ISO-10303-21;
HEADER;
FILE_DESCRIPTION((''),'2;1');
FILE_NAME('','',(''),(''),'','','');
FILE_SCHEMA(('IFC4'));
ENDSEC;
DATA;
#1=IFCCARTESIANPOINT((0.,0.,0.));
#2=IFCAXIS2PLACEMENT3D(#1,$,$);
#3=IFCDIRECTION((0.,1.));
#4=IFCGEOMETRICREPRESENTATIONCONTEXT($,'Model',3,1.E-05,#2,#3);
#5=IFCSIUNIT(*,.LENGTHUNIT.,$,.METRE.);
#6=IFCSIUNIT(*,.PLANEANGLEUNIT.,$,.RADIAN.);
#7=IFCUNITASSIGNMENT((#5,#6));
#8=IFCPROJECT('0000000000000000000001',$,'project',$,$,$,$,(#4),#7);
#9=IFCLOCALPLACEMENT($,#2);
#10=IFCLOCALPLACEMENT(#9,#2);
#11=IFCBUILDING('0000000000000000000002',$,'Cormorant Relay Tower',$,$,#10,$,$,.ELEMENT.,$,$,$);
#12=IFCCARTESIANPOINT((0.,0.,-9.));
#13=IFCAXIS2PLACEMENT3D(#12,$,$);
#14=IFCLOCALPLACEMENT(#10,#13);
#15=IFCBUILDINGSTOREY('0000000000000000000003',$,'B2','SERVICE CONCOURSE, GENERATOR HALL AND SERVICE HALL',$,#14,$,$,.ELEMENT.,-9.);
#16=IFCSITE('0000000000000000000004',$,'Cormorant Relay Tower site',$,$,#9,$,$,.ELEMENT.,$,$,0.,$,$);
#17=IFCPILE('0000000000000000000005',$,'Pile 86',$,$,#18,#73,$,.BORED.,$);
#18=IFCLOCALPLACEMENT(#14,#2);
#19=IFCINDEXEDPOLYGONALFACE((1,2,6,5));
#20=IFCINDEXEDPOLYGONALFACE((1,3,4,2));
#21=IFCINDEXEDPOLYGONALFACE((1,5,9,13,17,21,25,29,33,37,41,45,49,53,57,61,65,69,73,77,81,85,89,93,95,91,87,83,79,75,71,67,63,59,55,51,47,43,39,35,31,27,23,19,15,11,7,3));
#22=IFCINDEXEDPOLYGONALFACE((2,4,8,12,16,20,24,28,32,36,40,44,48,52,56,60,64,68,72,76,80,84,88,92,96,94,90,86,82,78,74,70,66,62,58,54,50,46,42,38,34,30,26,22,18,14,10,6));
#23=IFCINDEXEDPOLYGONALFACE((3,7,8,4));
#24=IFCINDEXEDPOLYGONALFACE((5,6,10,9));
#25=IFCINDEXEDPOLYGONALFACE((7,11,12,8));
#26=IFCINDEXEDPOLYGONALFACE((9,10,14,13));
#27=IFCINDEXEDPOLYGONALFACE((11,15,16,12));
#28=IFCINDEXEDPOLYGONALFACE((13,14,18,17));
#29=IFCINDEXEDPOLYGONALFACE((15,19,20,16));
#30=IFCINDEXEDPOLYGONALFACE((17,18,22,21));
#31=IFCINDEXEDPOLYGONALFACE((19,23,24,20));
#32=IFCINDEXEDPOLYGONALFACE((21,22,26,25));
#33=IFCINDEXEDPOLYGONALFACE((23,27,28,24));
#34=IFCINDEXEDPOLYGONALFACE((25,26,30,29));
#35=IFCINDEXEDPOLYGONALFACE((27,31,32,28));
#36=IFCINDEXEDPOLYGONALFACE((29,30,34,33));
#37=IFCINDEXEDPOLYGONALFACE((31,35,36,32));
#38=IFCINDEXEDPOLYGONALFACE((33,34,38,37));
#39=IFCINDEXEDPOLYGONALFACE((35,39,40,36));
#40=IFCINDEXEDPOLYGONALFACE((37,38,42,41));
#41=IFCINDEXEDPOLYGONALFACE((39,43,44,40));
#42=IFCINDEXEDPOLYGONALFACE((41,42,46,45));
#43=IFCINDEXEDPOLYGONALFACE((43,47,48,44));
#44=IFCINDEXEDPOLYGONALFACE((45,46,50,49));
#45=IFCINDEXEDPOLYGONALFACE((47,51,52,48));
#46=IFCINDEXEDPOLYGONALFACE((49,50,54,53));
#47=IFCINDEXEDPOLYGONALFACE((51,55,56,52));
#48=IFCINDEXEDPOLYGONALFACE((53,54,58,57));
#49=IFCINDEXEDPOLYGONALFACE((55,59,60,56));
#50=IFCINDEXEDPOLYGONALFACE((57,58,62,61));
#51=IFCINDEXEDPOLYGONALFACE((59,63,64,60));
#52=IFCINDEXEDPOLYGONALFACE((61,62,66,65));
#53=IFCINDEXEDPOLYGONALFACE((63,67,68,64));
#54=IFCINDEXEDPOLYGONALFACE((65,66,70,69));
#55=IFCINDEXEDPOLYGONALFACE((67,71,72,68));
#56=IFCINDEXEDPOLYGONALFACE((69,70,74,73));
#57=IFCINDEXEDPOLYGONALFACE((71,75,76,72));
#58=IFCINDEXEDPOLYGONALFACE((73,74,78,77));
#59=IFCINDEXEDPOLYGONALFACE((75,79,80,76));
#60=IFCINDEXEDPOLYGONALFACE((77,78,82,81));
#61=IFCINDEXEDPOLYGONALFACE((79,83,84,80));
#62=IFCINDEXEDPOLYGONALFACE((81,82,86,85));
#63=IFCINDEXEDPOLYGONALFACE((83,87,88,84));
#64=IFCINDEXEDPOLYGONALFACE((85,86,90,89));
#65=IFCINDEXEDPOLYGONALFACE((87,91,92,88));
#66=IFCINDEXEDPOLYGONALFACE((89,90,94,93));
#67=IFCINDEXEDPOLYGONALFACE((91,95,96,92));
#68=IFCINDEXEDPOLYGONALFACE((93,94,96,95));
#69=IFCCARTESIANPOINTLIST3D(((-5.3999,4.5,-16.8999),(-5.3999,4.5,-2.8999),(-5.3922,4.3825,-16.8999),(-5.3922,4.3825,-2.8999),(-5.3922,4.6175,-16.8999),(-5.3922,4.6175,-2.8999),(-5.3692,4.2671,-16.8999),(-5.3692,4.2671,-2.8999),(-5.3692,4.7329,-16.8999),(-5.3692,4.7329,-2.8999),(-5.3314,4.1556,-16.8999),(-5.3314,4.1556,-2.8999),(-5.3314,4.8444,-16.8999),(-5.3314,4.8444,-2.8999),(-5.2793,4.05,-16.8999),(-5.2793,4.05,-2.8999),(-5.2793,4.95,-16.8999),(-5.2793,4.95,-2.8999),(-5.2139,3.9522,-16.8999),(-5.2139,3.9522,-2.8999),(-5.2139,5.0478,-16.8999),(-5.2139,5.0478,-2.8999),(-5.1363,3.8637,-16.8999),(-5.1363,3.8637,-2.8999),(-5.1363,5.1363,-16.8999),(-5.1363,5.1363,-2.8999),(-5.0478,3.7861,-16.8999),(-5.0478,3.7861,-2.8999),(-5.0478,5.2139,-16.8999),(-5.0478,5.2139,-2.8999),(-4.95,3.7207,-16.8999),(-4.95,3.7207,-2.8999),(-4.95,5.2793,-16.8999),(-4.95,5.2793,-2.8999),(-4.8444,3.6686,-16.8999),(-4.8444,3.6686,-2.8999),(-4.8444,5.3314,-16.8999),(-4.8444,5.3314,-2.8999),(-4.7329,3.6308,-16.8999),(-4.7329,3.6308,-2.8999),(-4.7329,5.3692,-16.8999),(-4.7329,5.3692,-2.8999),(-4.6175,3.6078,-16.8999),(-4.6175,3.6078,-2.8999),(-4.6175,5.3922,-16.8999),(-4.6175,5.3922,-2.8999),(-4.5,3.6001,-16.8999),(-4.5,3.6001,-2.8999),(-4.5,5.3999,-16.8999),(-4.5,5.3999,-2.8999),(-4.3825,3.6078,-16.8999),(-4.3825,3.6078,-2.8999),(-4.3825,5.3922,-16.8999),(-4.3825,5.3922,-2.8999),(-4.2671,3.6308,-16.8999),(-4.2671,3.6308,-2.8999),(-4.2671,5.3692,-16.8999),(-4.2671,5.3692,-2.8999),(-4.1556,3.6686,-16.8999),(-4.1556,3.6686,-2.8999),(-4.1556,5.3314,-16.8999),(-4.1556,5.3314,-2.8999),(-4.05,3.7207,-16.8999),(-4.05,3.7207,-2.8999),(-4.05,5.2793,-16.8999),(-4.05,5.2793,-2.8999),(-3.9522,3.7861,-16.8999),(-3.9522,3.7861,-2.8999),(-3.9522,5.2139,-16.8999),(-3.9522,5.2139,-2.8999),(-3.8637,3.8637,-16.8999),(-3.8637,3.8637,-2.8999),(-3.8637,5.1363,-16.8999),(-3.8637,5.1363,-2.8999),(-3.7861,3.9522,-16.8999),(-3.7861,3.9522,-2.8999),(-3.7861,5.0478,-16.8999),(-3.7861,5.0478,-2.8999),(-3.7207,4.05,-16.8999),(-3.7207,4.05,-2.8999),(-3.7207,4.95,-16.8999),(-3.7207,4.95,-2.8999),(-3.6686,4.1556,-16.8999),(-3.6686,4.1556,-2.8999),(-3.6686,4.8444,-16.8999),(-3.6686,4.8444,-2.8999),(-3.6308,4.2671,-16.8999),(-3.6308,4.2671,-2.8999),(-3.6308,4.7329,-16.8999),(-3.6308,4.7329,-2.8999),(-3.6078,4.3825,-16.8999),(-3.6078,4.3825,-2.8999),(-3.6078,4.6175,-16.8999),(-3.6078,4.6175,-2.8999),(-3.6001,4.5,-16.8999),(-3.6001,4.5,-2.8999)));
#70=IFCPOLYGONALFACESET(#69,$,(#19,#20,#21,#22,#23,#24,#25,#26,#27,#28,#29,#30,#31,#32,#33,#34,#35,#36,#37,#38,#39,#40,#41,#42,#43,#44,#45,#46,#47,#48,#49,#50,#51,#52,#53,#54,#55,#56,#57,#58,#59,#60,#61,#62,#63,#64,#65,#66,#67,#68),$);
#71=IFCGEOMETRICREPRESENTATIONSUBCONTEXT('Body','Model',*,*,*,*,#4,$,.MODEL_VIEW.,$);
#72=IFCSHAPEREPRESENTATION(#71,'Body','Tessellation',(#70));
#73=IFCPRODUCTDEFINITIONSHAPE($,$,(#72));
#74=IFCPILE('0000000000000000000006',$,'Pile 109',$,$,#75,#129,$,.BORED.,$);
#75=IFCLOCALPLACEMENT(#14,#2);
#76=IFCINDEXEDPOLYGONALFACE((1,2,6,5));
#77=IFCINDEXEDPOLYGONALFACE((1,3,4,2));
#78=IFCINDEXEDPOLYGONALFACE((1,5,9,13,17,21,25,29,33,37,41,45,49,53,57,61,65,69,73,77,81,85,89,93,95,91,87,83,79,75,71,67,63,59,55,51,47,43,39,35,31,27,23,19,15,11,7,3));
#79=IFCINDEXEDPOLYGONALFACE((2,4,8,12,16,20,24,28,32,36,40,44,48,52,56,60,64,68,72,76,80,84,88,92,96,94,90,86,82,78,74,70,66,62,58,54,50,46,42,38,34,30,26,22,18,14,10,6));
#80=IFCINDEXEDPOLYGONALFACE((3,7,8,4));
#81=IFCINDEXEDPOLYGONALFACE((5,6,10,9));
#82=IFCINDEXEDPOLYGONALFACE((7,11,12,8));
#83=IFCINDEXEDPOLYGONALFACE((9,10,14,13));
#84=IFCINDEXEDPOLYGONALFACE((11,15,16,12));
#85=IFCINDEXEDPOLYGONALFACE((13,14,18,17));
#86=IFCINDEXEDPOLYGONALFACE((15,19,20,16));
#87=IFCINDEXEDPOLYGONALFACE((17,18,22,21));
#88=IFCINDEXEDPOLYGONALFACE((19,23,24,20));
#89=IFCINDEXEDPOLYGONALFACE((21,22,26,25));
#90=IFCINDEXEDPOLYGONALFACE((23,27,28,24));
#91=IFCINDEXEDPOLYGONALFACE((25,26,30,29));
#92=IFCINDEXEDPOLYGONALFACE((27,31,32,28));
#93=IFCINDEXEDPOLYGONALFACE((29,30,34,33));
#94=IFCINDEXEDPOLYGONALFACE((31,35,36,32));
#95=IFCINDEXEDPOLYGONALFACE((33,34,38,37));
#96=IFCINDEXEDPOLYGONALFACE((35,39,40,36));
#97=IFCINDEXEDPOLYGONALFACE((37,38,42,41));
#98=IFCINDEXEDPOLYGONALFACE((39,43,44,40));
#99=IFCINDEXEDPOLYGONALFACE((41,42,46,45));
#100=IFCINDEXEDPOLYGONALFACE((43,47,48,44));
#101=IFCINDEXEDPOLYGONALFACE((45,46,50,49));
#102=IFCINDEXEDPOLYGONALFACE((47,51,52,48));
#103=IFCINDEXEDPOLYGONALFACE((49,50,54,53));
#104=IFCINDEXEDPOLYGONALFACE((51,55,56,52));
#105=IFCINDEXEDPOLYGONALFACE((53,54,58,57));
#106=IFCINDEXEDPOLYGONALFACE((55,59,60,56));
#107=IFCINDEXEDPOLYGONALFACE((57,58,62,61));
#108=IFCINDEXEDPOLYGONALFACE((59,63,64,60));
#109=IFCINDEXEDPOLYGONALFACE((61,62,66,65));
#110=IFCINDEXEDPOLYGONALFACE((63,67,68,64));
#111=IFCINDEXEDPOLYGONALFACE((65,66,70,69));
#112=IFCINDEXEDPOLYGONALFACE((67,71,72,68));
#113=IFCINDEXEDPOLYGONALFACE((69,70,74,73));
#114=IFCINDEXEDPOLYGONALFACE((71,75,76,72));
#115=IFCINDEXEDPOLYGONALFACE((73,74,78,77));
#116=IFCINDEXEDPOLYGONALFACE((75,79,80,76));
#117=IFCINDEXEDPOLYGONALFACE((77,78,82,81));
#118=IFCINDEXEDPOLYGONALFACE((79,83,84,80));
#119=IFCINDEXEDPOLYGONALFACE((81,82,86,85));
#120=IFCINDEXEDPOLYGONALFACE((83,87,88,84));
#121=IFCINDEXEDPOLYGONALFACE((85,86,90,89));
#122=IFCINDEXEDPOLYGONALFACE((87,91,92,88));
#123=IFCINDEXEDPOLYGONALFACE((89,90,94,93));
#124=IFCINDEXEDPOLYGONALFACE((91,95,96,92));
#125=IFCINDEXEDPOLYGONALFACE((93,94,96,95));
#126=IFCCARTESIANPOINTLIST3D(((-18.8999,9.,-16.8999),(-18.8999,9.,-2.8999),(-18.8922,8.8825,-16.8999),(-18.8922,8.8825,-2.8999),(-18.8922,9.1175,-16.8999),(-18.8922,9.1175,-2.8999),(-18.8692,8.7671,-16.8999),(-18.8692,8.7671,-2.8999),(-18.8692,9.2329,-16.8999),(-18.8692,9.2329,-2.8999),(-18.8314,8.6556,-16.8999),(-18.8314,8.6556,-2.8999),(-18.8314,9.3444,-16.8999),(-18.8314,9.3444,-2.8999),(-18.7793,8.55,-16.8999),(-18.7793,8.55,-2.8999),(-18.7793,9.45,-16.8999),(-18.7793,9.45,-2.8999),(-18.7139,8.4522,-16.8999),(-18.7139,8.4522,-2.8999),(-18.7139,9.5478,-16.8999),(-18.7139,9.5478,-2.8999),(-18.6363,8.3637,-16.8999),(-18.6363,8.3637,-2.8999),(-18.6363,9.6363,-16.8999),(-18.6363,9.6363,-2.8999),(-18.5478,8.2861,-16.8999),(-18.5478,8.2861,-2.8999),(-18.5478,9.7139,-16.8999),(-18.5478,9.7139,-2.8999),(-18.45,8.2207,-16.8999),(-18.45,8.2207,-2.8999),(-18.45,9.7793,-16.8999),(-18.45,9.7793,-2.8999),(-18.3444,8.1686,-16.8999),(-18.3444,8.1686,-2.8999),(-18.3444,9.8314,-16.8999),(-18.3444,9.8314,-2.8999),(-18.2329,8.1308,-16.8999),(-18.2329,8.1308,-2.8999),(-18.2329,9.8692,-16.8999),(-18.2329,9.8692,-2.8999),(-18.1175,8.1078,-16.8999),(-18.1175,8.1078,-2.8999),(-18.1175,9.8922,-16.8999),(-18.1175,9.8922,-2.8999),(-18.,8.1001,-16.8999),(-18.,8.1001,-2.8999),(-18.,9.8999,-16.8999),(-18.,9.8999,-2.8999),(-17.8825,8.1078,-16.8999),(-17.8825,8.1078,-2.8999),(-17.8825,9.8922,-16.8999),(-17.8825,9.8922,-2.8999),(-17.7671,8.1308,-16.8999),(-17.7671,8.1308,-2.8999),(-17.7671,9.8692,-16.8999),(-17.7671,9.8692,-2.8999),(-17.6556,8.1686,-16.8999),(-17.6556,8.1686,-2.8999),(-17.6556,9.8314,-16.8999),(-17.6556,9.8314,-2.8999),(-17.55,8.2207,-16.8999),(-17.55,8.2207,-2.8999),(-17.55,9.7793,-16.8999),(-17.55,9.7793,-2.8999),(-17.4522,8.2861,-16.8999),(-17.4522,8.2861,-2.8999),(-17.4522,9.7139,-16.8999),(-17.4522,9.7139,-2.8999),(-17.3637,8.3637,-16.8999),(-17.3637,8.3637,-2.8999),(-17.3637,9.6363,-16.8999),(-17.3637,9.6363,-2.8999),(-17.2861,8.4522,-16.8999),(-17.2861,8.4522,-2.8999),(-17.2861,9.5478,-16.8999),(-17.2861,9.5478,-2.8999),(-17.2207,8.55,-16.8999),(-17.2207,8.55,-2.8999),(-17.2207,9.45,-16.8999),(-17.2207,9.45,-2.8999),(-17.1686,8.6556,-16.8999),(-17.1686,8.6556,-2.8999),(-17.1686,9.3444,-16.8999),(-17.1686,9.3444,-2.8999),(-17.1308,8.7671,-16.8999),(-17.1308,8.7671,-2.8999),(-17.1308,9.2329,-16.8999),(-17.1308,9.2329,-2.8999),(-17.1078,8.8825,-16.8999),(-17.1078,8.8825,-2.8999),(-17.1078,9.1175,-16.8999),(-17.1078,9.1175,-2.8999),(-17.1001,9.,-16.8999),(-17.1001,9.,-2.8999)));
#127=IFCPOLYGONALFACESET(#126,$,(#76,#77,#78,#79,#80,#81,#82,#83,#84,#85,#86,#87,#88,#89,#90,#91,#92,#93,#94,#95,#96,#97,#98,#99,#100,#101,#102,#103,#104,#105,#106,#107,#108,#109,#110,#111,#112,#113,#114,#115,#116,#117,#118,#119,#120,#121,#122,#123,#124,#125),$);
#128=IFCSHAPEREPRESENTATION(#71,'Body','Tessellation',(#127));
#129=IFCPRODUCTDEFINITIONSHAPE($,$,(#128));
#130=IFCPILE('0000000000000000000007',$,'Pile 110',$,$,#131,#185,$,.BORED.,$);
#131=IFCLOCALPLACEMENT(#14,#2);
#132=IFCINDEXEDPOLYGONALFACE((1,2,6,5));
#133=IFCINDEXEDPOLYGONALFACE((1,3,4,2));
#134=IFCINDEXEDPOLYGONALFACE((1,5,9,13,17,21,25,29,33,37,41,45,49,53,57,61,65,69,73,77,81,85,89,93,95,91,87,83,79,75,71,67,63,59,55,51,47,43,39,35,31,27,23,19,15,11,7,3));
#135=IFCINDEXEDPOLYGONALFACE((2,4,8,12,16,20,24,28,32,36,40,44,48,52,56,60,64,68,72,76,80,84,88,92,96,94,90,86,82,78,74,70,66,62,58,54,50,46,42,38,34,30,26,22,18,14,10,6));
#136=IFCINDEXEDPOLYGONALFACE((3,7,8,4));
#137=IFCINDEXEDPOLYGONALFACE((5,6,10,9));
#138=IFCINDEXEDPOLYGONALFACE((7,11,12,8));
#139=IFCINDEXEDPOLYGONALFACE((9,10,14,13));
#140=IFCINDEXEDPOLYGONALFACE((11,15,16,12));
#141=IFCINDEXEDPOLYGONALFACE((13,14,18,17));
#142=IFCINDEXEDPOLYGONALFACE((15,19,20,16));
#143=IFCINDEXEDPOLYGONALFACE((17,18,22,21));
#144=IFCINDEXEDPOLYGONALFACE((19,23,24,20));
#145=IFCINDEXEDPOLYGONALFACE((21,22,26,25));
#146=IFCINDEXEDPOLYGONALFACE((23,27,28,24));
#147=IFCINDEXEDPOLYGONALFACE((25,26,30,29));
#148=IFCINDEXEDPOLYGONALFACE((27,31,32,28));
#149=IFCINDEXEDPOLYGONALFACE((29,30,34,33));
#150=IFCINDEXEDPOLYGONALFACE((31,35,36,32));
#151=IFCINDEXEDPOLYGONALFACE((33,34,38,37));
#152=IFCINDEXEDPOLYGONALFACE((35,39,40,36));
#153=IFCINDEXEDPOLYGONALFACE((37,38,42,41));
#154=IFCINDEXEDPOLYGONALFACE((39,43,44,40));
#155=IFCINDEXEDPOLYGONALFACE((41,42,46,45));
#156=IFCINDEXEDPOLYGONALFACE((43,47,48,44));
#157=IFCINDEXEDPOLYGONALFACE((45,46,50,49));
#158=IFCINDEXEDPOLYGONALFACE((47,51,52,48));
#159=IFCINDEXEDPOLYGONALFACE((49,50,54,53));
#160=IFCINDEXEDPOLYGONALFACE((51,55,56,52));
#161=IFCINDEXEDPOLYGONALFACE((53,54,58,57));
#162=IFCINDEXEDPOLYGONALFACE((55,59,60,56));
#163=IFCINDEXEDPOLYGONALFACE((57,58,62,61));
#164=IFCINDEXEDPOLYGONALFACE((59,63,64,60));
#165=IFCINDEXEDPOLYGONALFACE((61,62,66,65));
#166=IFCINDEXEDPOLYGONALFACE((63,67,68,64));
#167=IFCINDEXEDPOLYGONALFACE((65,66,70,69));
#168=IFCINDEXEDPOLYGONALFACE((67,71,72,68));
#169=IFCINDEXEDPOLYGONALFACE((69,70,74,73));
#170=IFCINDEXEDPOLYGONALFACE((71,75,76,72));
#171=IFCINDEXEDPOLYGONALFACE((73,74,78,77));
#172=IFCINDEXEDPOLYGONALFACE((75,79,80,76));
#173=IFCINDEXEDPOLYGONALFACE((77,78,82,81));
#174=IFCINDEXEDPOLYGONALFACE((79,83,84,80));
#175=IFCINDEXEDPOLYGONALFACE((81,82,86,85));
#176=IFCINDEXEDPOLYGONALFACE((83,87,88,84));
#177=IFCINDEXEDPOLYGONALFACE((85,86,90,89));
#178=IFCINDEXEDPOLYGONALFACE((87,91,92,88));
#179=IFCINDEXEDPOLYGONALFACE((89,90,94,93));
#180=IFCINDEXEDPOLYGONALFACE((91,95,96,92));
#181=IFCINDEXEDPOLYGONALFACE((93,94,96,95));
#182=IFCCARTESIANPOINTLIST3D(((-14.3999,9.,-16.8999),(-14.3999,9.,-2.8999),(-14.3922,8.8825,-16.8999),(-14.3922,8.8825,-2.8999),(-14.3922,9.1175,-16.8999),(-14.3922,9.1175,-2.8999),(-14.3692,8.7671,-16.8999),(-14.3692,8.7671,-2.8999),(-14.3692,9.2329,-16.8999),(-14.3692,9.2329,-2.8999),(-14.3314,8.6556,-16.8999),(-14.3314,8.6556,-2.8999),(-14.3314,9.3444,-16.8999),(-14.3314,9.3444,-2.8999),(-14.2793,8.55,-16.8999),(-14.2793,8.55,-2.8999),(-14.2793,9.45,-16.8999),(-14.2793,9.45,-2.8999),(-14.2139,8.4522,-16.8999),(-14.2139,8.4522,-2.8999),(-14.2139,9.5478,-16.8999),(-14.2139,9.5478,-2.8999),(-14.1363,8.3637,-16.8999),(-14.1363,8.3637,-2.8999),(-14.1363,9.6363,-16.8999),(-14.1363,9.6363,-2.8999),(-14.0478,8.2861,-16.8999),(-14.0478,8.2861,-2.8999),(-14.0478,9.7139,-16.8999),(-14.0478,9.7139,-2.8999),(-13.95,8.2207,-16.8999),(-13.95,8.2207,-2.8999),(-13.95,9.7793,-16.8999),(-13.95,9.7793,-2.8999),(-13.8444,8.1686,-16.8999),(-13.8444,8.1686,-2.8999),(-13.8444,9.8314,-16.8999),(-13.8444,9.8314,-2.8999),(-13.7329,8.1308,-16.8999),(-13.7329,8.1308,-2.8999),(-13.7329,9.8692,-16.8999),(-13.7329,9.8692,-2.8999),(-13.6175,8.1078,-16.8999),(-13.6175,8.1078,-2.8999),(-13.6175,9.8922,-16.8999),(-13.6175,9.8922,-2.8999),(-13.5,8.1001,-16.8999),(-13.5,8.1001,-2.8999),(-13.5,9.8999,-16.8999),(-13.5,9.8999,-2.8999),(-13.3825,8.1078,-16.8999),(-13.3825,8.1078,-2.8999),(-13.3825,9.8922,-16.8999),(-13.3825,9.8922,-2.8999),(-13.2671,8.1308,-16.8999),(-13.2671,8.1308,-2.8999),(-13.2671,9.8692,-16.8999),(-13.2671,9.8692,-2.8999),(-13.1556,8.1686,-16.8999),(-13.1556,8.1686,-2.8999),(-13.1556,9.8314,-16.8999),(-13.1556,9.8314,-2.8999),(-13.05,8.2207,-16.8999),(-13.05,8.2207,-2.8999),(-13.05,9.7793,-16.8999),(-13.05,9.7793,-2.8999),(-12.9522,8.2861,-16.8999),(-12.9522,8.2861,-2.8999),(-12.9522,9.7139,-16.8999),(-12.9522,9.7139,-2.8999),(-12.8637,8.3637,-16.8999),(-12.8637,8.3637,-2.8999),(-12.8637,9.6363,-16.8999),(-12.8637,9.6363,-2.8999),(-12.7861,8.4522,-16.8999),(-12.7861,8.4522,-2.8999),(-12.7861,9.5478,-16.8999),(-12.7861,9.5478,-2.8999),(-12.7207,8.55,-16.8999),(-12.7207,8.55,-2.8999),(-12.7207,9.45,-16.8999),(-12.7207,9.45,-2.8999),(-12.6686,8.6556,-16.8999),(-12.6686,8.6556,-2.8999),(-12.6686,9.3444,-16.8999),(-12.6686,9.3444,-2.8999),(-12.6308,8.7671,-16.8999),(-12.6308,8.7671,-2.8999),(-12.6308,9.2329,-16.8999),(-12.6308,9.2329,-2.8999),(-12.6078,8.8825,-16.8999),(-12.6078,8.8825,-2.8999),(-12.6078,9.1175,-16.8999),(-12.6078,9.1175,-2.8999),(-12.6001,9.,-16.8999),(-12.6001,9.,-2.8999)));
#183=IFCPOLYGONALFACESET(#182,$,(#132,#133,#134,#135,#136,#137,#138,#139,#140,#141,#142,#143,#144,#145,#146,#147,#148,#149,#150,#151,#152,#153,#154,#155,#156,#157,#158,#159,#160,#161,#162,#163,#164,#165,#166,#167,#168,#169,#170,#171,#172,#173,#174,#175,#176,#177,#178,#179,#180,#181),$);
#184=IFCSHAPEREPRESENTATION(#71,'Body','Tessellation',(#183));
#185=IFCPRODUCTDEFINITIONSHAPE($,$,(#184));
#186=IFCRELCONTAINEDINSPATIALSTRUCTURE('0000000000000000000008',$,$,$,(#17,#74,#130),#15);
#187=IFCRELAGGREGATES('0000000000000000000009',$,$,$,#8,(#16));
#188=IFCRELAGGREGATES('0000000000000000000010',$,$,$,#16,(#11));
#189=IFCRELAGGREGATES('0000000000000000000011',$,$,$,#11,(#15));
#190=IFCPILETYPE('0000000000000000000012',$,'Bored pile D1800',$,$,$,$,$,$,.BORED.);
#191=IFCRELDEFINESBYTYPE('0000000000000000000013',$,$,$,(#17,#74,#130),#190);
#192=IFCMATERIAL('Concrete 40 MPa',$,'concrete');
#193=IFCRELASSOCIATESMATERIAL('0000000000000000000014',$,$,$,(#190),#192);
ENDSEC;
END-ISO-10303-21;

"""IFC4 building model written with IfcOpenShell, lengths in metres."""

from ifc_helpers import new_model, si_unit, direction, frame, origin, origin_2d, place, context, subcontext, project, spatial, circle, extrude, material, material_profile, profile_set, type_object, element, save


model = new_model("IFC4")

# Units and contexts
model_context = context("Model", 3, precision=1e-05, world=origin(), true_north=direction((0.0, 1.0)))
body_context = subcontext(model_context, "Body", "Model", "MODEL_VIEW")
ifc_project = project(units=[si_unit("LENGTHUNIT", "METRE"), si_unit("PLANEANGLEUNIT", "RADIAN")], contexts=[model_context])

# Site, building, storey
site_placement = place(None, origin())
site = spatial("IfcSite", under=ifc_project, at=site_placement, Name="Cormorant Relay Tower site", CompositionType="ELEMENT", RefElevation=0.0)
building_placement = place(site_placement, origin())
building = spatial("IfcBuilding", under=site, at=building_placement, Name="Cormorant Relay Tower", CompositionType="ELEMENT")
storey_placement = place(building_placement, frame((0.0, 0.0, -9.0)))
storey = spatial("IfcBuildingStorey", under=building, at=storey_placement, Name="B2", Description="SERVICE CONCOURSE, GENERATOR HALL AND SERVICE HALL", CompositionType="ELEMENT", Elevation=-9.0)

# Piles
ifc_material_1 = material(Name="Concrete 40 MPa", Category="concrete")
ifc_material_profile_1 = material_profile(ifc_material_1, circle(Radius=0.8999, at=origin_2d()), Name="BP1800")
ifc_profile_set_1 = profile_set([ifc_material_profile_1], Name="Concrete 40 MPa")
pile_type = type_object("IfcPileType", Name="Bored pile D1800", PredefinedType="BORED", material=ifc_profile_set_1)
for number, where, z_axis, x_axis, name in (
    (1, (-4.5, 4.5, -2.8999), (0.0, 0.0, -1.0), (1.0, 0.0, 0.0), "Pile 86"),
    (2, (-18.0, 9.0, -2.8999), (0.0, 0.0, -1.0), (1.0, 0.0, 0.0), "Pile 109"),
    (3, (-13.5, 9.0, -2.8999), (0.0, 0.0, -1.0), (1.0, 0.0, 0.0), "Pile 110"),
):
    element("IfcPile", number, at=place(storey_placement, frame(where, z_axis=z_axis, x_axis=x_axis)), inside=storey, type_object=pile_type, Name=name, PredefinedType="BORED", context=body_context, shape_type="SweptSolid", body=[
        extrude(circle(Radius=0.8999, at=origin_2d()), origin(), (0.0, 0.0, 1.0), 14.0),
    ])

save(model, "model.ifc")
